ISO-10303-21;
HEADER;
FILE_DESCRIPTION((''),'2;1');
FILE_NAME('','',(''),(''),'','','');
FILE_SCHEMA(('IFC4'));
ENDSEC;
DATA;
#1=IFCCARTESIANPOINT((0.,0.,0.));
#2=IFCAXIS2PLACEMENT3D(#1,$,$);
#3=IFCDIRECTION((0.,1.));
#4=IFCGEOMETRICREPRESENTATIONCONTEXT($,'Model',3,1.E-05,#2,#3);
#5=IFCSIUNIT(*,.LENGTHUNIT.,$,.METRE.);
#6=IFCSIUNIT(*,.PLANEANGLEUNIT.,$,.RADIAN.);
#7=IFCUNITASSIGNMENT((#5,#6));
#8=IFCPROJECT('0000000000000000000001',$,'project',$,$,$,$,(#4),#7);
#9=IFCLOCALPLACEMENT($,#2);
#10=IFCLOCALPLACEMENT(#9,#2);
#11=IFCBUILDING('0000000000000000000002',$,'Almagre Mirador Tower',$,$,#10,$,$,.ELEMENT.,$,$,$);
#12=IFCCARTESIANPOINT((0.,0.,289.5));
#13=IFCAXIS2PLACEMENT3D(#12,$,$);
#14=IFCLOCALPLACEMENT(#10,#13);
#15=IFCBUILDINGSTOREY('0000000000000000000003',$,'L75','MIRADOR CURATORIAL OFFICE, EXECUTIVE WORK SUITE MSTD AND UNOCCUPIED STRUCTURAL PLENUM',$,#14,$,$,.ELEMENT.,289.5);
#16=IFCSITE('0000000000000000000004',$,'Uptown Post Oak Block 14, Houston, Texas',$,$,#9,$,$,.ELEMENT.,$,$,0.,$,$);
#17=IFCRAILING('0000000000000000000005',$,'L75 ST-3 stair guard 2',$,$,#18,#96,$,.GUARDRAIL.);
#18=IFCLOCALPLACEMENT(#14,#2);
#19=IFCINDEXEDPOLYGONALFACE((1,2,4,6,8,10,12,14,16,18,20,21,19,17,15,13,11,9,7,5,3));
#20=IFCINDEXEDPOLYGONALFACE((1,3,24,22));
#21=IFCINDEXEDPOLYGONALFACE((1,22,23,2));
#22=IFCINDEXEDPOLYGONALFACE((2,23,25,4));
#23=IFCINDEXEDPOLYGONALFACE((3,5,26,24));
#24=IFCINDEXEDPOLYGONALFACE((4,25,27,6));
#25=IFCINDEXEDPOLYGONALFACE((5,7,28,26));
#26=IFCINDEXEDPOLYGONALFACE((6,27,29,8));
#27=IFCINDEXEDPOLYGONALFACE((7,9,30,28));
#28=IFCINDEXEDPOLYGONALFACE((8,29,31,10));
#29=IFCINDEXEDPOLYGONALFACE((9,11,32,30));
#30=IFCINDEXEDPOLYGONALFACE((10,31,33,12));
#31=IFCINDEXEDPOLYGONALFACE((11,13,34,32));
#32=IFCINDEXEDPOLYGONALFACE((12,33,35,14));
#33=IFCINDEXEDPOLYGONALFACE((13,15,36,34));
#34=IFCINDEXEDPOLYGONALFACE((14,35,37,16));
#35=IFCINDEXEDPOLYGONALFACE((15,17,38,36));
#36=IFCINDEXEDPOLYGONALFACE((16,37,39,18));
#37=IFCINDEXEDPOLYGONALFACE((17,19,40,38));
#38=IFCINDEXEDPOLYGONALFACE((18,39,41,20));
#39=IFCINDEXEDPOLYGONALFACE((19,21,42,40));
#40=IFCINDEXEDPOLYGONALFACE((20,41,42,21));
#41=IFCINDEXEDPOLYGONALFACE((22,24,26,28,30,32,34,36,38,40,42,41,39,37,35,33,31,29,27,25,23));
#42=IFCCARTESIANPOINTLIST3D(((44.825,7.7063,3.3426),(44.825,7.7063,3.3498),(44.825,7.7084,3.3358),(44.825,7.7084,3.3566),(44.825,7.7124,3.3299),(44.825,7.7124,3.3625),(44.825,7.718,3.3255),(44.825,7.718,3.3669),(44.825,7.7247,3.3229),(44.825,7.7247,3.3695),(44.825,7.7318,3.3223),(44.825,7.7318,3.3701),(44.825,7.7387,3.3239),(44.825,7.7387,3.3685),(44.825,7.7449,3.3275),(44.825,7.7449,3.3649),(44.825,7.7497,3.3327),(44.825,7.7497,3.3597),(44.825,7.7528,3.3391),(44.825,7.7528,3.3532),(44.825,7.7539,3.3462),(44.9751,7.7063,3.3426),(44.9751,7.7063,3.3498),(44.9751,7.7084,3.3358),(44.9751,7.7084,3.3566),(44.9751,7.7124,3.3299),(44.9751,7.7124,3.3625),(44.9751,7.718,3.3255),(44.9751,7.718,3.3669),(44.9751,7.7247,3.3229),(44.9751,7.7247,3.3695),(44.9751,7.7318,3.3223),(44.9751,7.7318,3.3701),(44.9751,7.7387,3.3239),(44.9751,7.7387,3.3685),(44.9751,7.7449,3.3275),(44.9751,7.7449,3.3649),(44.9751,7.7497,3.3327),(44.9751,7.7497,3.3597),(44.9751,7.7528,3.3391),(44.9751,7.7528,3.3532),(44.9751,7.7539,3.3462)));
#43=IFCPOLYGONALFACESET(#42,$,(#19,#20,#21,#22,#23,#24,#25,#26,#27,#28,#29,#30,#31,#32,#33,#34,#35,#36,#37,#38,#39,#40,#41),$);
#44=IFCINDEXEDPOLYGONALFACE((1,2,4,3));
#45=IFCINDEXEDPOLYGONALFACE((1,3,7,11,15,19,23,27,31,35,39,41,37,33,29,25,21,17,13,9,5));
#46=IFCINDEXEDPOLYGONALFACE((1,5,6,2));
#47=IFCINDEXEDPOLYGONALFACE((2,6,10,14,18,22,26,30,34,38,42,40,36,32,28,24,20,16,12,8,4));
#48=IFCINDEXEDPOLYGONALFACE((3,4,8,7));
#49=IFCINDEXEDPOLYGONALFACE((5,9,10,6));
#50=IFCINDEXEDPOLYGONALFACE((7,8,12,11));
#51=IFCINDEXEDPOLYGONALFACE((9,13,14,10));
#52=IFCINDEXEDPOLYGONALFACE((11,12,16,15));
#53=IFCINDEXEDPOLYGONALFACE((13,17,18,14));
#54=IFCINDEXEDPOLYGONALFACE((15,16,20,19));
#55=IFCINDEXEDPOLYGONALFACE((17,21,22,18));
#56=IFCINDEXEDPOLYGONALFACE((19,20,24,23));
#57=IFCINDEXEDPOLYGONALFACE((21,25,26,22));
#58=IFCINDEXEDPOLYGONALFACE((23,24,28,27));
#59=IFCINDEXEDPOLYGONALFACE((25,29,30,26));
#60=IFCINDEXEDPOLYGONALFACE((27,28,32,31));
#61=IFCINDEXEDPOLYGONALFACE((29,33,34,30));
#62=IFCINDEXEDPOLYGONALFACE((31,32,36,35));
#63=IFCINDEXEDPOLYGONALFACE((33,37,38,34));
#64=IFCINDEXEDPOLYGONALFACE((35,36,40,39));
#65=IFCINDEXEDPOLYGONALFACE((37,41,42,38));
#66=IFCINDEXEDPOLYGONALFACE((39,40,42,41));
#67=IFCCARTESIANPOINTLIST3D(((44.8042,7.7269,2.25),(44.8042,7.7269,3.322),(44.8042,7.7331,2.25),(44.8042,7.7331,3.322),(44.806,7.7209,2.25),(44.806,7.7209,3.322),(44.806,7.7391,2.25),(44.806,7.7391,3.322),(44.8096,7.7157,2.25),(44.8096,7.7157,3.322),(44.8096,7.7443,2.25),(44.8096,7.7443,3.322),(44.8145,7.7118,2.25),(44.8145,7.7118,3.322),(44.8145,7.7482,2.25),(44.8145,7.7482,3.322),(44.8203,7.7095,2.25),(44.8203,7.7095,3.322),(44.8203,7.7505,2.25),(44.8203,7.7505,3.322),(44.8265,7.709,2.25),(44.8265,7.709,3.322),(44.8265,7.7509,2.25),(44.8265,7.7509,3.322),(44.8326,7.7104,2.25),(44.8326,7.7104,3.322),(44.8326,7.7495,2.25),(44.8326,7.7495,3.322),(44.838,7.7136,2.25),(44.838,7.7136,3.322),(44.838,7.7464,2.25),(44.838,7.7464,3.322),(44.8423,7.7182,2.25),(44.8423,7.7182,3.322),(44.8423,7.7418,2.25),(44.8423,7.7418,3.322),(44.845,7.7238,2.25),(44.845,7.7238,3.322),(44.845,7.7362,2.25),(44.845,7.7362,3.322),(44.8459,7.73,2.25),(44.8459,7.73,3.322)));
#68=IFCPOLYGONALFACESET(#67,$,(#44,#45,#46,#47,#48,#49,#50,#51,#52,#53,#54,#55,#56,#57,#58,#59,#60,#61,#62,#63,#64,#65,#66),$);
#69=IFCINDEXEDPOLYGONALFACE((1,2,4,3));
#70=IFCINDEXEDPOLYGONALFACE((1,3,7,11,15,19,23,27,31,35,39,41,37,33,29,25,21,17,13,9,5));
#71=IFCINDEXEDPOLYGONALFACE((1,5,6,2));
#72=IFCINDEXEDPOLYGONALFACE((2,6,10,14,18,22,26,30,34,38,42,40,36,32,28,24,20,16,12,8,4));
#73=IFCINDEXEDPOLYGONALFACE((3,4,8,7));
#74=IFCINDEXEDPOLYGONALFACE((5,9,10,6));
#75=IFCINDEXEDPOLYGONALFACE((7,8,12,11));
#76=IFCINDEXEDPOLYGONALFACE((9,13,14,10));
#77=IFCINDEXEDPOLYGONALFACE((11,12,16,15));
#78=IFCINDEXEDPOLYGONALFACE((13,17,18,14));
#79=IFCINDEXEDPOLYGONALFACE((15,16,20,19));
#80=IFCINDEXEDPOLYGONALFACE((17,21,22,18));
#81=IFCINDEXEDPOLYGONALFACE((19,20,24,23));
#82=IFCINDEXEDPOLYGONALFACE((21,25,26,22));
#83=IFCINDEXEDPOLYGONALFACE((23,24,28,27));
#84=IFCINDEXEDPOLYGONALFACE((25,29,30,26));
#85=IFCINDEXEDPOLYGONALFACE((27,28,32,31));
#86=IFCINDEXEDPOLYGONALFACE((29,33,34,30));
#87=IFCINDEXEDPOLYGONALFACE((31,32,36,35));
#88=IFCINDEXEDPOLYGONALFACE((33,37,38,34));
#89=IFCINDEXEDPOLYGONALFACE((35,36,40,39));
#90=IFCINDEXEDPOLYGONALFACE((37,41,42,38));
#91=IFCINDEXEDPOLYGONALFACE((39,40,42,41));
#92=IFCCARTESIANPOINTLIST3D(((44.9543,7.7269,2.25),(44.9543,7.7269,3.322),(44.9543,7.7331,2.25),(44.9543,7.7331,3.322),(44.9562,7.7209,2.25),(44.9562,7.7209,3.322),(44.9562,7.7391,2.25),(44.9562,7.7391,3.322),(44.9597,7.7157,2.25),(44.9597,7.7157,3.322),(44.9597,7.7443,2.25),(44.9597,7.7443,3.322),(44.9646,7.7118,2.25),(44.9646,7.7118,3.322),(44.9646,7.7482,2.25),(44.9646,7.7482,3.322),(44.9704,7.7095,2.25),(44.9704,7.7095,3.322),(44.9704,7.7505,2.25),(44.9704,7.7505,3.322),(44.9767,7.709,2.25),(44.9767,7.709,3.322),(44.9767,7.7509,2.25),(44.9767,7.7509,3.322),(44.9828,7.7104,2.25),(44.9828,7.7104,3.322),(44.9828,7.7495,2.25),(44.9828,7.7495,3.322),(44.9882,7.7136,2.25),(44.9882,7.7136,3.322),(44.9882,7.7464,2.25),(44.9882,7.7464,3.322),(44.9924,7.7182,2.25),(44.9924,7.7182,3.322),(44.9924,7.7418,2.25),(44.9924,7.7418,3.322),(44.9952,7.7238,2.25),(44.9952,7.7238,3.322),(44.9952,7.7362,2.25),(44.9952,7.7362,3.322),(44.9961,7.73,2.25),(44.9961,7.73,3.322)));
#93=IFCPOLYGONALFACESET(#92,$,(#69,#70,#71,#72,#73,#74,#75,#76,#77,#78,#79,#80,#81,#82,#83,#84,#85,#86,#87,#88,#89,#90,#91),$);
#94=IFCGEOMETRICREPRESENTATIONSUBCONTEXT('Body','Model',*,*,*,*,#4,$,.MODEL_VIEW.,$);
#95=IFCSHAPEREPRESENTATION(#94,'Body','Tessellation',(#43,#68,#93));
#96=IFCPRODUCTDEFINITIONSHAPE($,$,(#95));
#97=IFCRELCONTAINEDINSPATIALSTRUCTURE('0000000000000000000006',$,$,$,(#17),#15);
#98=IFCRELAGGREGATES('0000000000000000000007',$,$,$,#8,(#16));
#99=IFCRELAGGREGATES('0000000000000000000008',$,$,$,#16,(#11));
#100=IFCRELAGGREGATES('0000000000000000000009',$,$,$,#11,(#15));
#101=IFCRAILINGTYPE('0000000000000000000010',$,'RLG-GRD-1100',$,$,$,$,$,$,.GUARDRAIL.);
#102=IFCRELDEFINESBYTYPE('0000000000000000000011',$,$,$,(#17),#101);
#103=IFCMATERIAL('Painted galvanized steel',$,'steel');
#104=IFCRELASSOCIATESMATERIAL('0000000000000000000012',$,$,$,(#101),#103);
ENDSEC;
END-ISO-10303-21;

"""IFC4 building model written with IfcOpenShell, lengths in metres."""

from ifc_helpers import new_model, si_unit, direction, frame, origin, origin_2d, place, context, subcontext, project, spatial, circle, extrude, material, type_object, element, save


model = new_model("IFC4")

# Units and contexts
model_context = context("Model", 3, precision=1e-05, world=origin(), true_north=direction((0.0, 1.0)))
body_context = subcontext(model_context, "Body", "Model", "MODEL_VIEW")
ifc_project = project(units=[si_unit("LENGTHUNIT", "METRE"), si_unit("PLANEANGLEUNIT", "RADIAN")], contexts=[model_context])

# Site, building, storey
site_placement = place(None, origin())
site = spatial("IfcSite", under=ifc_project, at=site_placement, Name="Uptown Post Oak Block 14, Houston, Texas", CompositionType="ELEMENT", RefElevation=0.0)
building_placement = place(site_placement, origin())
building = spatial("IfcBuilding", under=site, at=building_placement, Name="Almagre Mirador Tower", CompositionType="ELEMENT")
storey_placement = place(building_placement, frame((0.0, 0.0, 289.5)))
storey = spatial("IfcBuildingStorey", under=building, at=storey_placement, Name="L75", Description="MIRADOR CURATORIAL OFFICE, EXECUTIVE WORK SUITE MSTD AND UNOCCUPIED STRUCTURAL PLENUM", CompositionType="ELEMENT", Elevation=289.5)

# Railing
ifc_material_1 = material(Name="Painted galvanized steel", Category="steel")
railing_type_1 = type_object("IfcRailingType", Name="RLG-GRD-1100", PredefinedType="GUARDRAIL", material=ifc_material_1)
railing_1_placement = place(storey_placement, frame((44.825, 7.73, 2.25)))
element("IfcRailing", 1, at=railing_1_placement, inside=storey, type_object=railing_type_1, Name="L75 ST-3 stair guard 2", PredefinedType="GUARDRAIL", context=body_context, shape_type="SweptSolid", body=[
    extrude(circle(Radius=0.0239, at=origin_2d()), frame((0.0, 0.0, 1.0962), z_axis=(1.0, 0.0, 0.0), x_axis=(0.0, 1.0, 0.0)), (0.0, 0.0, 1.0), 0.1501),
    extrude(circle(Radius=0.021, at=origin_2d()), origin(), (0.0, 0.0, 1.0), 1.072),
    extrude(circle(Radius=0.021, at=origin_2d()), frame((0.1501, 0.0, 0.0)), (0.0, 0.0, 1.0), 1.072),
])

save(model, "model.ifc")
